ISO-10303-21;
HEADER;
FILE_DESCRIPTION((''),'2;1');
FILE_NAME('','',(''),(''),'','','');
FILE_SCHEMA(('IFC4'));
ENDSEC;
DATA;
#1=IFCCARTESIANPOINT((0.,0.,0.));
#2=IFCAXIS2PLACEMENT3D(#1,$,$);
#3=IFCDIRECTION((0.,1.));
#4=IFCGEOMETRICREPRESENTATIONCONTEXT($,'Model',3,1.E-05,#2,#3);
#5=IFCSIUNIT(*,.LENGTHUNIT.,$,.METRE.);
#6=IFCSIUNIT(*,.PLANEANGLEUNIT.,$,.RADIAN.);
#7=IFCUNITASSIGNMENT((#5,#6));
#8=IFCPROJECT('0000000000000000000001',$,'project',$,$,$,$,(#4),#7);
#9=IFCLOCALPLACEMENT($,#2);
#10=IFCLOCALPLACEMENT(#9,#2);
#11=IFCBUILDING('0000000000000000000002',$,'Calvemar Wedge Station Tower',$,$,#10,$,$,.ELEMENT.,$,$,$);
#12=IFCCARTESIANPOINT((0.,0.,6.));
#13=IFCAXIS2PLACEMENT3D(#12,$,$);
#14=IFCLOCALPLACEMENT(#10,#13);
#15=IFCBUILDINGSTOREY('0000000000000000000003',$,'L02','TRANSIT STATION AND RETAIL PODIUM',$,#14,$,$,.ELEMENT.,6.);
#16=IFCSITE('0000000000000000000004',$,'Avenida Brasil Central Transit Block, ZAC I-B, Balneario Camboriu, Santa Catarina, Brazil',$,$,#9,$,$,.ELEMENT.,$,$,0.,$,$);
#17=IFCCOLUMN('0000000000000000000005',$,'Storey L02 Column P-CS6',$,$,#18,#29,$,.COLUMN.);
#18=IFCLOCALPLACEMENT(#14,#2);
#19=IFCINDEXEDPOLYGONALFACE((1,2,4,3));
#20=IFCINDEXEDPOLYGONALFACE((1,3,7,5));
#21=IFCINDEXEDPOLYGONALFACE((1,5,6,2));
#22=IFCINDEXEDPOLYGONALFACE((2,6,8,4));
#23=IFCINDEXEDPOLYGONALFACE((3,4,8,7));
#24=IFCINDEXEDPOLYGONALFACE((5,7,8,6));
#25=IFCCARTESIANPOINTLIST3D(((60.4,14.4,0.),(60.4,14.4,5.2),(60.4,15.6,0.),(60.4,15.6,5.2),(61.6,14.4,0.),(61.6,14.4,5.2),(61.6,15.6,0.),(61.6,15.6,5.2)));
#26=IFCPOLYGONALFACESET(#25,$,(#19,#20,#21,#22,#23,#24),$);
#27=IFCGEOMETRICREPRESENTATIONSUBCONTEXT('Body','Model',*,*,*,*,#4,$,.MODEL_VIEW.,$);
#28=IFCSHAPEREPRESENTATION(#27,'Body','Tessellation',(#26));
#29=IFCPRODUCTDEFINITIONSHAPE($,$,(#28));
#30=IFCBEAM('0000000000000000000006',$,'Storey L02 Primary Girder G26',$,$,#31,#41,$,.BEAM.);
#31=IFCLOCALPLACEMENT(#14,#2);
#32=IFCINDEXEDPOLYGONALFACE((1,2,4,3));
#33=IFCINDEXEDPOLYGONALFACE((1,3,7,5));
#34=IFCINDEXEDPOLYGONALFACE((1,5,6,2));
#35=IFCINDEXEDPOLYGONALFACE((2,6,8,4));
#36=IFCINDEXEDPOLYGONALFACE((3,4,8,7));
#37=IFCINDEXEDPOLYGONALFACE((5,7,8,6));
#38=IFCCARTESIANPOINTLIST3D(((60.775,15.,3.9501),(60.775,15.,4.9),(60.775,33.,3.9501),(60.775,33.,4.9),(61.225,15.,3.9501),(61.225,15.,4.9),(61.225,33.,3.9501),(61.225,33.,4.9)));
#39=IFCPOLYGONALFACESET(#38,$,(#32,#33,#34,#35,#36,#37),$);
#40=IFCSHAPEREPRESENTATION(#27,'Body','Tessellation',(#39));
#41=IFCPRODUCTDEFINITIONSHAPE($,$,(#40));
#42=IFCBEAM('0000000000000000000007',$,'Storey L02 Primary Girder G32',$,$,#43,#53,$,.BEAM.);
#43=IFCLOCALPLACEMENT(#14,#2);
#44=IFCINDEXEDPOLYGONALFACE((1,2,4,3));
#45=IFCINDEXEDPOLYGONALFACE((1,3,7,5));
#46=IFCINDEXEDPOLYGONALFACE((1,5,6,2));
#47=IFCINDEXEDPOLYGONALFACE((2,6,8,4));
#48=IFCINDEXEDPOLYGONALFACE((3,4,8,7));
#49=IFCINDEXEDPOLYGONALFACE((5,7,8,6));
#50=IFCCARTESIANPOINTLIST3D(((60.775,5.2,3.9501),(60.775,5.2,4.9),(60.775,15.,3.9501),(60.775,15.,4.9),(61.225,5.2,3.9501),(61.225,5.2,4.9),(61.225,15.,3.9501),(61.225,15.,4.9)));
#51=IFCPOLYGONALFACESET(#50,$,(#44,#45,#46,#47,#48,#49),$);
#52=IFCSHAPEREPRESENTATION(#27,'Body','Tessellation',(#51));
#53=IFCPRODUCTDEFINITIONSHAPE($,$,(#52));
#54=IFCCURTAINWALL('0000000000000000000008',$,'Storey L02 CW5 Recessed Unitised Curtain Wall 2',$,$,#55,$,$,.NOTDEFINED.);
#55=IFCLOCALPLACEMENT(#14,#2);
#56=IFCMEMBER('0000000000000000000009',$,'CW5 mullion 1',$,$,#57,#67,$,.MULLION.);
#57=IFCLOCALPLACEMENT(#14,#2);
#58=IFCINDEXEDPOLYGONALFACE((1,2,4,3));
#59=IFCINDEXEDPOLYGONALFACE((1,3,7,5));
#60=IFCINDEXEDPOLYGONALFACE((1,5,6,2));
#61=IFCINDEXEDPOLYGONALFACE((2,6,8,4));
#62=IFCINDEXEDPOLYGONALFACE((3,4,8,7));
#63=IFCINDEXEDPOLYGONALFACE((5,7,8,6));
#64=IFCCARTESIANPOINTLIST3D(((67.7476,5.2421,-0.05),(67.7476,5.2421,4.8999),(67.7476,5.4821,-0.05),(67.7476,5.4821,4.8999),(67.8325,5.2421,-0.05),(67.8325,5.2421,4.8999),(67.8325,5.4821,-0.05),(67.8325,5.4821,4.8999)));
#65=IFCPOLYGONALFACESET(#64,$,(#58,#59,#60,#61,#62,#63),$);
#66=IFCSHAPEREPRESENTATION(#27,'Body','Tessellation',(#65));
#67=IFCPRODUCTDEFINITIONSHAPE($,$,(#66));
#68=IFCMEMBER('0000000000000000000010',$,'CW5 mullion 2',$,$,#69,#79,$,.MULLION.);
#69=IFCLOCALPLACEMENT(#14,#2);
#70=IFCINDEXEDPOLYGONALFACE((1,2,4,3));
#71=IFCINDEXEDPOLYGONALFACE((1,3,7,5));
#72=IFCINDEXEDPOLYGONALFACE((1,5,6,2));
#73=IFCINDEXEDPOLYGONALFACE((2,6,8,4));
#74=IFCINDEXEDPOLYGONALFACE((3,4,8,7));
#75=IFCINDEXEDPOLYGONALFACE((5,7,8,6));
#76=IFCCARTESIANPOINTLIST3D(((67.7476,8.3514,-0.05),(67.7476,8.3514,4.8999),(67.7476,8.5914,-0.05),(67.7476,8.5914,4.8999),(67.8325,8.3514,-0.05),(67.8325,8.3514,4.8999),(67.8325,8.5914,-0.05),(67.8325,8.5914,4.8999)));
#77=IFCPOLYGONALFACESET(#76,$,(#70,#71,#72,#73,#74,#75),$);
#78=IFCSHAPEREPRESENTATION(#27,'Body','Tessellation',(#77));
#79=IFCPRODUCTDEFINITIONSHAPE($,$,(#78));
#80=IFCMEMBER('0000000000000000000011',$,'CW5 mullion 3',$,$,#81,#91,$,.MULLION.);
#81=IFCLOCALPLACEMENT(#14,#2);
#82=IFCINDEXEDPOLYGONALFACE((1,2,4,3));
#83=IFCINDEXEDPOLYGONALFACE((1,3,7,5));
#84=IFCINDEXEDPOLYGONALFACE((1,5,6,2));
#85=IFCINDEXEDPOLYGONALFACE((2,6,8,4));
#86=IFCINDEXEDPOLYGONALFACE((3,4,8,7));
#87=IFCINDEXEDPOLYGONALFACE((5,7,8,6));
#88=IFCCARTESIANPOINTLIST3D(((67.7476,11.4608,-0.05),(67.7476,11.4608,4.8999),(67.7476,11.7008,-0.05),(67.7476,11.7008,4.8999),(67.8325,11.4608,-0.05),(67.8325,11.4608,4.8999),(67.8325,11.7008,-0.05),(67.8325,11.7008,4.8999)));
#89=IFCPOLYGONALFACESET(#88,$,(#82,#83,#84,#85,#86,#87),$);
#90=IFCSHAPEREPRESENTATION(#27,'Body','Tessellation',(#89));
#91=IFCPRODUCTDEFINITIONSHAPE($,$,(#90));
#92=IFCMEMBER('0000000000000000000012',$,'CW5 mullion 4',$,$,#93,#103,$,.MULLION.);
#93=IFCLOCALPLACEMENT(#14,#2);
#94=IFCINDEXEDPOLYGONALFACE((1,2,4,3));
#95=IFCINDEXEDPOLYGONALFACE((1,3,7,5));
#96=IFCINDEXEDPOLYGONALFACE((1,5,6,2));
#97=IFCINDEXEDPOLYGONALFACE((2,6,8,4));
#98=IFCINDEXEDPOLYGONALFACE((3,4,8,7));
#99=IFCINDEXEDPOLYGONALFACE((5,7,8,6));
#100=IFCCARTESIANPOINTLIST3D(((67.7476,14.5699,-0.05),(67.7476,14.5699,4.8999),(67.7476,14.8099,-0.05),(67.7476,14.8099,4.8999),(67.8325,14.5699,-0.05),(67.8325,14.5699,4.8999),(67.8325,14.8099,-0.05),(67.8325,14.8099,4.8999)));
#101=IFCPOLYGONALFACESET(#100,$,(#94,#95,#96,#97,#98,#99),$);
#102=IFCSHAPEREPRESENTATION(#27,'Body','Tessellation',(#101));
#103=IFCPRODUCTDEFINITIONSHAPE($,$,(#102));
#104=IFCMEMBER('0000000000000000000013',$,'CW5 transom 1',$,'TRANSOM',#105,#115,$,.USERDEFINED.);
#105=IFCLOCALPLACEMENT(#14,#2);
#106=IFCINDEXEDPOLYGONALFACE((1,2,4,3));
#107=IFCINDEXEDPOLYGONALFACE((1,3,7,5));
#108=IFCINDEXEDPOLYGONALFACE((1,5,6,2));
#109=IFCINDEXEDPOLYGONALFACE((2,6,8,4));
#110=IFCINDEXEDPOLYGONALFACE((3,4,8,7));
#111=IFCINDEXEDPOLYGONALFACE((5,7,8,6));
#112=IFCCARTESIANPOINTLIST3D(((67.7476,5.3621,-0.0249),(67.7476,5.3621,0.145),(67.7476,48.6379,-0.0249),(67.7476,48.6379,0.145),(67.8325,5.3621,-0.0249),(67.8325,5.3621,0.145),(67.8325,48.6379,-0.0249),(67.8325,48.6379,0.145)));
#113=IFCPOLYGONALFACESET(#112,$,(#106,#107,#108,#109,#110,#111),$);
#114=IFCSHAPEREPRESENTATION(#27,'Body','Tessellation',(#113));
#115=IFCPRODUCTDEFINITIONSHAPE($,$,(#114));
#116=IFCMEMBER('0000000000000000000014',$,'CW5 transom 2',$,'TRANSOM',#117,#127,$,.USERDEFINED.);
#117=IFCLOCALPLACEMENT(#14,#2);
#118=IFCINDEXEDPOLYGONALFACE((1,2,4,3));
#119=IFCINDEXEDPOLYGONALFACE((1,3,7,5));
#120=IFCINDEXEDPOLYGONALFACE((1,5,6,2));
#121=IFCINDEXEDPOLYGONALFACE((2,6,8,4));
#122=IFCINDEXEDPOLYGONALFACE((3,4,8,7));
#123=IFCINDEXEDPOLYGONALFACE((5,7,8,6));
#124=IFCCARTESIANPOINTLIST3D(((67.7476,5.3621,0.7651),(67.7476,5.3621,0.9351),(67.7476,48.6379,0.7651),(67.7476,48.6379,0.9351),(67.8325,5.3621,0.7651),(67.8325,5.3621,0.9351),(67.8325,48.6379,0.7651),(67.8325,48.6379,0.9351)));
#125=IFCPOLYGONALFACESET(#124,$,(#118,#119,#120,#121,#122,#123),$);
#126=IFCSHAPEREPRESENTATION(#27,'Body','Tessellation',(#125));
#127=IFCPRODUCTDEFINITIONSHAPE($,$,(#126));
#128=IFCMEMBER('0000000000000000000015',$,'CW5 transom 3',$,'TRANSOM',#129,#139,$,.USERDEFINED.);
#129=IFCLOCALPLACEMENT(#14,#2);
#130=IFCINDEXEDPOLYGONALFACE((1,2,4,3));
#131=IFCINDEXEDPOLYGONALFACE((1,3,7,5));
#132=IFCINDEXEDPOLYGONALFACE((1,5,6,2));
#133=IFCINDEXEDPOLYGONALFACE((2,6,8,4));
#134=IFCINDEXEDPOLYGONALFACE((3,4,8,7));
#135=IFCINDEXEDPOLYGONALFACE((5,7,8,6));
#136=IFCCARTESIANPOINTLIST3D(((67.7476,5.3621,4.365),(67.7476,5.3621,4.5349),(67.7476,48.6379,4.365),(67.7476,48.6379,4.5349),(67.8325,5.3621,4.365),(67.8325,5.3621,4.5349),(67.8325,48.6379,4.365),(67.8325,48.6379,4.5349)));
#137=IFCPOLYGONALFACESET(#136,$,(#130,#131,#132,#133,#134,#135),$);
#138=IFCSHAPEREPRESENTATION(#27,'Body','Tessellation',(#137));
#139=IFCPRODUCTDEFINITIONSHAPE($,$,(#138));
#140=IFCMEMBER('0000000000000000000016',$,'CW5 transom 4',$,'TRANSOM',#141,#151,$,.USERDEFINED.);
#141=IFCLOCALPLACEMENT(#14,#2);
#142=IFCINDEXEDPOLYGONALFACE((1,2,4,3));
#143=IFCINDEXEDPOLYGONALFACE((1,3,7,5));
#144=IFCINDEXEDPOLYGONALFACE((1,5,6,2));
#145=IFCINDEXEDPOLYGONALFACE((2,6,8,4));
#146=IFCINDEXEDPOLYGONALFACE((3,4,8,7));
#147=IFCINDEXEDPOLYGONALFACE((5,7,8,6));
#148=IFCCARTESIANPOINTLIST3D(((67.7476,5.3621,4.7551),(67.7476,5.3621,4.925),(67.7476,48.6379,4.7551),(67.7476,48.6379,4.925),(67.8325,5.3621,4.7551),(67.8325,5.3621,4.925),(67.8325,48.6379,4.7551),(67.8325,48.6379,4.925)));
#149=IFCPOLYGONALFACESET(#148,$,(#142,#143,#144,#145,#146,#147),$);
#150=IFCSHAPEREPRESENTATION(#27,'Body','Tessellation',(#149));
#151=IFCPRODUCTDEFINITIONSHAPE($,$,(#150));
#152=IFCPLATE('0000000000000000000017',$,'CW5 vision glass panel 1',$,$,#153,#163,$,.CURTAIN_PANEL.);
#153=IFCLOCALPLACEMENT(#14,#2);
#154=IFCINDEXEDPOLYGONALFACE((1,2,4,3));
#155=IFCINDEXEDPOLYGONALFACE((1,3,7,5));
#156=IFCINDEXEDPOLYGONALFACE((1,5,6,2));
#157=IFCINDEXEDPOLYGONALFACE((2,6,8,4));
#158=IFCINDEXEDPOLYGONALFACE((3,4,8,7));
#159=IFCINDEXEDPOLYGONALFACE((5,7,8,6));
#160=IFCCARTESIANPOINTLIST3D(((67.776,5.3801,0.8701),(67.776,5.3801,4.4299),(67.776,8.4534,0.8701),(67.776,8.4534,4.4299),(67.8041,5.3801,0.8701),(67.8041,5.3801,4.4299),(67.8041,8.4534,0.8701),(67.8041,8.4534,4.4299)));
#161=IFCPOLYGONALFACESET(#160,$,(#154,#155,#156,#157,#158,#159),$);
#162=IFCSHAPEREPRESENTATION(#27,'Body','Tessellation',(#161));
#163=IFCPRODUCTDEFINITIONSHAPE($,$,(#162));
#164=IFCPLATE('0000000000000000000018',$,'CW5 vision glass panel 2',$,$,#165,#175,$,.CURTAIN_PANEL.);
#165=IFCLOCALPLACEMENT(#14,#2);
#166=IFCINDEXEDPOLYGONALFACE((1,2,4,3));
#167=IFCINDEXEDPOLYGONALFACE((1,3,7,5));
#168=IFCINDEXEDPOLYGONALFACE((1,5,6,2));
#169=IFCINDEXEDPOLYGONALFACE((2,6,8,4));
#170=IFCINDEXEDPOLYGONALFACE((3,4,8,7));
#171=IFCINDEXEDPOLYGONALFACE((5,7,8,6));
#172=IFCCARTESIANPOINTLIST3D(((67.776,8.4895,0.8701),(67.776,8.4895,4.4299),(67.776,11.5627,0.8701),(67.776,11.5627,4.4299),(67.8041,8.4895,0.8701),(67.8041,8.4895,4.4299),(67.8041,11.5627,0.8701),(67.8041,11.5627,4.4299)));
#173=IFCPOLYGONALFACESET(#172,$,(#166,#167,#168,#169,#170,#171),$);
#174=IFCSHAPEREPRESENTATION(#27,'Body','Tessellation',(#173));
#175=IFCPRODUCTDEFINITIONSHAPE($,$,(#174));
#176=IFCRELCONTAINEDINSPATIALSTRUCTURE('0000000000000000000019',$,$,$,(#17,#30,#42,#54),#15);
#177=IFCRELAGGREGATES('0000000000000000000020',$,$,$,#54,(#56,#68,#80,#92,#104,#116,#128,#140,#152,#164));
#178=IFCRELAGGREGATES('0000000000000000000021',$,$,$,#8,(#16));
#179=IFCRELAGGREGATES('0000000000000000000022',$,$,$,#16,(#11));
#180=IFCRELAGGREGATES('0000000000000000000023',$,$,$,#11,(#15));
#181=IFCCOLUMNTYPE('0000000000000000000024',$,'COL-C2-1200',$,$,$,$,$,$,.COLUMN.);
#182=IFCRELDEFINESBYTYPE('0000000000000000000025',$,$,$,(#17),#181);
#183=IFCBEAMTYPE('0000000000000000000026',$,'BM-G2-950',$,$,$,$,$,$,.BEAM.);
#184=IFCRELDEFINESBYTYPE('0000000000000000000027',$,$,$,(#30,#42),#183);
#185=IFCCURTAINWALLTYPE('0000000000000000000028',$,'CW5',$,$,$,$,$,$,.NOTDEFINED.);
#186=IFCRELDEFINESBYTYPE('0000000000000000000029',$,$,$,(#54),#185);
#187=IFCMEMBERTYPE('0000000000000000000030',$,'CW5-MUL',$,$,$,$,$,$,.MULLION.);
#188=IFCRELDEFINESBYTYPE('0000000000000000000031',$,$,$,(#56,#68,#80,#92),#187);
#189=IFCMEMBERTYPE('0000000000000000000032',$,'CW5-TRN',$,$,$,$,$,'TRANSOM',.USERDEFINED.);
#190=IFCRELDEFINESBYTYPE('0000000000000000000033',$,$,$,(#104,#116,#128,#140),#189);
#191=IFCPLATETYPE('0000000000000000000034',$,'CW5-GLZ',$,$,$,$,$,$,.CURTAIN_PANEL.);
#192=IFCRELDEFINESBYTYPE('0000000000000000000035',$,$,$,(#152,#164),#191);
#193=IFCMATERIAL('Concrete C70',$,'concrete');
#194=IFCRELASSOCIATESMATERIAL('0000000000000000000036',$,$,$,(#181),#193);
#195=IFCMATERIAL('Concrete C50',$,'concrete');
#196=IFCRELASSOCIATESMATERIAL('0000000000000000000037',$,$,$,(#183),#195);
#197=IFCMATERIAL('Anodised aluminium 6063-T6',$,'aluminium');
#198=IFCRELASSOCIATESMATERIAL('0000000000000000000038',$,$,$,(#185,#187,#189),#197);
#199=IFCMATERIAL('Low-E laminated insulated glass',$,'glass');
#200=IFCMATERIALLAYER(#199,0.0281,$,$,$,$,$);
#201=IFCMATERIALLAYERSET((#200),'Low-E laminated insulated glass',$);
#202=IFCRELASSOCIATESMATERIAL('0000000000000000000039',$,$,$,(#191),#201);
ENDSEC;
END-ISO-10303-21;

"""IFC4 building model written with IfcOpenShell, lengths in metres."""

from ifc_helpers import new_model, si_unit, direction, frame, frame_2d, origin, origin_2d, place, context, subcontext, project, spatial, rectangle, extrude, source, transform, mapped, material, layer, layer_set, material_profile, profile_set, type_object, element, aggregate, save


model = new_model("IFC4")

# Units and contexts
model_context = context("Model", 3, precision=1e-05, world=origin(), true_north=direction((0.0, 1.0)))
body_context = subcontext(model_context, "Body", "Model", "MODEL_VIEW")
ifc_project = project(units=[si_unit("LENGTHUNIT", "METRE"), si_unit("PLANEANGLEUNIT", "RADIAN")], contexts=[model_context])

# Site, building, storey
site_placement = place(None, origin())
site = spatial("IfcSite", under=ifc_project, at=site_placement, Name="Avenida Brasil Central Transit Block, ZAC I-B, Balneario Camboriu, Santa Catarina, Brazil", CompositionType="ELEMENT", RefElevation=0.0)
building_placement = place(site_placement, origin())
building = spatial("IfcBuilding", under=site, at=building_placement, Name="Calvemar Wedge Station Tower", CompositionType="ELEMENT")
storey_placement = place(building_placement, frame((0.0, 0.0, 6.0)))
storey = spatial("IfcBuildingStorey", under=building, at=storey_placement, Name="L02", Description="TRANSIT STATION AND RETAIL PODIUM", CompositionType="ELEMENT", Elevation=6.0)

# Column
ifc_material_1 = material(Name="Concrete C70", Category="concrete")
ifc_material_profile_1 = material_profile(ifc_material_1, rectangle(XDim=1.2, YDim=1.2, at=origin_2d()), Name="RC1200x1200")
ifc_profile_set_1 = profile_set([ifc_material_profile_1], Name="Concrete C70")
column_type = type_object("IfcColumnType", Name="COL-C2-1200", PredefinedType="COLUMN", material=ifc_profile_set_1)
shared_shape_1 = source(origin(), body_context, "Body", "SweptSolid", [
    extrude(rectangle(XDim=1.2, YDim=1.2, at=origin_2d()), origin(), (0.0, 0.0, 1.0), 5.2),
])
column_placement = place(storey_placement, frame((61.0, 15.0, 0.0), z_axis=(0.0, 0.0, 1.0), x_axis=(1.0, 0.0, 0.0)))
element("IfcColumn", 1, at=column_placement, inside=storey, type_object=column_type, Name="Storey L02 Column P-CS6", PredefinedType="COLUMN", context=body_context, shape_type="MappedRepresentation", body=[
    mapped(shared_shape_1, transform((0.0, 0.0, 0.0), scale=1.0)),
])

# Beams
ifc_material_2 = material(Name="Concrete C50", Category="concrete")
ifc_material_profile_2 = material_profile(ifc_material_2, rectangle(XDim=0.45, YDim=0.95, at=origin_2d()), Name="RC450x950")
ifc_profile_set_2 = profile_set([ifc_material_profile_2], Name="Concrete C50")
beam_type = type_object("IfcBeamType", Name="BM-G2-950", PredefinedType="BEAM", material=ifc_profile_set_2)
shared_shape_2 = source(origin(), body_context, "Body", "SweptSolid", [
    extrude(rectangle(XDim=0.45, YDim=0.95, at=origin_2d()), origin(), (0.0, 0.0, 1.0), 18.0),
])
beam_1_placement = place(storey_placement, frame((61.0, 15.0, 4.425), z_axis=(0.0, 1.0, 0.0), x_axis=(-1.0, 0.0, 0.0)))
element("IfcBeam", 2, at=beam_1_placement, inside=storey, type_object=beam_type, Name="Storey L02 Primary Girder G26", PredefinedType="BEAM", context=body_context, shape_type="MappedRepresentation", body=[
    mapped(shared_shape_2, transform((0.0, 0.0, 0.0), scale=1.0)),
])
shared_shape_3 = source(origin(), body_context, "Body", "SweptSolid", [
    extrude(rectangle(XDim=0.45, YDim=0.95, at=origin_2d()), origin(), (0.0, 0.0, 1.0), 9.8),
])
beam_2_placement = place(storey_placement, frame((61.0, 5.2, 4.425), z_axis=(0.0, 1.0, 0.0), x_axis=(-1.0, 0.0, 0.0)))
element("IfcBeam", 3, at=beam_2_placement, inside=storey, type_object=beam_type, Name="Storey L02 Primary Girder G32", PredefinedType="BEAM", context=body_context, shape_type="MappedRepresentation", body=[
    mapped(shared_shape_3, transform((0.0, 0.0, 0.0), scale=1.0)),
])

# Curtain wall, members, plates
ifc_material_3 = material(Name="Anodised aluminium 6063-T6", Category="aluminium")
curtain_wall_type = type_object("IfcCurtainWallType", Name="CW5", PredefinedType="NOTDEFINED", material=ifc_material_3)
curtain_wall_placement = place(storey_placement, origin())
curtain_wall = element("IfcCurtainWall", 4, at=curtain_wall_placement, inside=storey, type_object=curtain_wall_type, Name="Storey L02 CW5 Recessed Unitised Curtain Wall 2", PredefinedType="NOTDEFINED")
ifc_material_profile_3 = material_profile(ifc_material_3, rectangle(XDim=0.085, YDim=0.24, at=origin_2d()), Name="AL-MUL-85x240")
ifc_profile_set_3 = profile_set([ifc_material_profile_3], Name="Anodised aluminium 6063-T6")
member_type_1 = type_object("IfcMemberType", Name="CW5-MUL", PredefinedType="MULLION", material=ifc_profile_set_3)
shared_shape_4 = source(origin(), body_context, "Body", "SweptSolid", [
    extrude(rectangle(XDim=0.085, YDim=0.24, at=origin_2d()), origin(), (0.0, 0.0, 1.0), 4.95),
])
member_1_placement = place(storey_placement, frame((67.79, 5.3621, -0.05), z_axis=(0.0, 0.0, 1.0), x_axis=(1.0, 0.0, 0.0)))
member_1 = element("IfcMember", 5, at=member_1_placement, type_object=member_type_1, Name="CW5 mullion 1", PredefinedType="MULLION", context=body_context, shape_type="MappedRepresentation", body=[
    mapped(shared_shape_4, transform((0.0, 0.0, 0.0), scale=1.0)),
])
member_2_placement = place(storey_placement, frame((67.79, 8.4714, -0.05), z_axis=(0.0, 0.0, 1.0), x_axis=(1.0, 0.0, 0.0)))
member_2 = element("IfcMember", 6, at=member_2_placement, type_object=member_type_1, Name="CW5 mullion 2", PredefinedType="MULLION", context=body_context, shape_type="MappedRepresentation", body=[
    mapped(shared_shape_4, transform((0.0, 0.0, 0.0), scale=1.0)),
])
member_3_placement = place(storey_placement, frame((67.79, 11.5808, -0.05), z_axis=(0.0, 0.0, 1.0), x_axis=(1.0, 0.0, 0.0)))
member_3 = element("IfcMember", 7, at=member_3_placement, type_object=member_type_1, Name="CW5 mullion 3", PredefinedType="MULLION", context=body_context, shape_type="MappedRepresentation", body=[
    mapped(shared_shape_4, transform((0.0, 0.0, 0.0), scale=1.0)),
])
member_4_placement = place(storey_placement, frame((67.79, 14.6899, -0.05), z_axis=(0.0, 0.0, 1.0), x_axis=(1.0, 0.0, 0.0)))
member_4 = element("IfcMember", 8, at=member_4_placement, type_object=member_type_1, Name="CW5 mullion 4", PredefinedType="MULLION", context=body_context, shape_type="MappedRepresentation", body=[
    mapped(shared_shape_4, transform((0.0, 0.0, 0.0), scale=1.0)),
])
ifc_material_profile_4 = material_profile(ifc_material_3, rectangle(XDim=0.085, YDim=0.1699, at=origin_2d()), Name="AL-TRN-85x170")
ifc_profile_set_4 = profile_set([ifc_material_profile_4], Name="Anodised aluminium 6063-T6")
member_type_2 = type_object("IfcMemberType", Name="CW5-TRN", ElementType="TRANSOM", PredefinedType="USERDEFINED", material=ifc_profile_set_4)
shared_shape_5 = source(origin(), body_context, "Body", "SweptSolid", [
    extrude(rectangle(XDim=0.085, YDim=0.1699, at=origin_2d()), origin(), (0.0, 0.0, 1.0), 43.2759),
])
member_5_placement = place(storey_placement, frame((67.79, 5.3621, 0.0601), z_axis=(0.0, 1.0, 0.0), x_axis=(-1.0, 0.0, 0.0)))
member_5 = element("IfcMember", 9, at=member_5_placement, type_object=member_type_2, Name="CW5 transom 1", ObjectType="TRANSOM", PredefinedType="USERDEFINED", context=body_context, shape_type="MappedRepresentation", body=[
    mapped(shared_shape_5, transform((0.0, 0.0, 0.0), scale=1.0)),
])
member_6_placement = place(storey_placement, frame((67.79, 5.3621, 0.8501), z_axis=(0.0, 1.0, 0.0), x_axis=(-1.0, 0.0, 0.0)))
member_6 = element("IfcMember", 10, at=member_6_placement, type_object=member_type_2, Name="CW5 transom 2", ObjectType="TRANSOM", PredefinedType="USERDEFINED", context=body_context, shape_type="MappedRepresentation", body=[
    mapped(shared_shape_5, transform((0.0, 0.0, 0.0), scale=1.0)),
])
member_7_placement = place(storey_placement, frame((67.79, 5.3621, 4.45), z_axis=(0.0, 1.0, 0.0), x_axis=(-1.0, 0.0, 0.0)))
member_7 = element("IfcMember", 11, at=member_7_placement, type_object=member_type_2, Name="CW5 transom 3", ObjectType="TRANSOM", PredefinedType="USERDEFINED", context=body_context, shape_type="MappedRepresentation", body=[
    mapped(shared_shape_5, transform((0.0, 0.0, 0.0), scale=1.0)),
])
member_8_placement = place(storey_placement, frame((67.79, 5.3621, 4.8401), z_axis=(0.0, 1.0, 0.0), x_axis=(-1.0, 0.0, 0.0)))
member_8 = element("IfcMember", 12, at=member_8_placement, type_object=member_type_2, Name="CW5 transom 4", ObjectType="TRANSOM", PredefinedType="USERDEFINED", context=body_context, shape_type="MappedRepresentation", body=[
    mapped(shared_shape_5, transform((0.0, 0.0, 0.0), scale=1.0)),
])
ifc_material_4 = material(Name="Low-E laminated insulated glass", Category="glass")
ifc_layer_1 = layer(ifc_material_4, 0.0281)
ifc_layer_set_1 = layer_set([ifc_layer_1], Name="Low-E laminated insulated glass")
plate_type_1 = type_object("IfcPlateType", Name="CW5-GLZ", PredefinedType="CURTAIN_PANEL", material=ifc_layer_set_1)
plate_1_placement = place(storey_placement, frame((67.79, 5.3801, 0.8701), z_axis=(0.0, 0.0, 1.0), x_axis=(0.0, 1.0, 0.0)))
plate_1 = element("IfcPlate", 13, at=plate_1_placement, type_object=plate_type_1, Name="CW5 vision glass panel 1", PredefinedType="CURTAIN_PANEL", context=body_context, shape_type="SweptSolid", body=[
    extrude(rectangle(XDim=3.0732, YDim=0.0281, at=frame_2d((1.5366, 0.0))), origin(), (0.0, 0.0, 1.0), 3.5598),
])
plate_2_placement = place(storey_placement, frame((67.79, 8.4895, 0.8701), z_axis=(0.0, 0.0, 1.0), x_axis=(0.0, 1.0, 0.0)))
plate_2 = element("IfcPlate", 14, at=plate_2_placement, type_object=plate_type_1, Name="CW5 vision glass panel 2", PredefinedType="CURTAIN_PANEL", context=body_context, shape_type="SweptSolid", body=[
    extrude(rectangle(XDim=3.0732, YDim=0.0281, at=frame_2d((1.5366, 0.0))), origin(), (0.0, 0.0, 1.0), 3.5598),
])
aggregate(curtain_wall, [member_1, member_2, member_3, member_4, member_5, member_6, member_7, member_8, plate_1, plate_2])

save(model, "model.ifc")
